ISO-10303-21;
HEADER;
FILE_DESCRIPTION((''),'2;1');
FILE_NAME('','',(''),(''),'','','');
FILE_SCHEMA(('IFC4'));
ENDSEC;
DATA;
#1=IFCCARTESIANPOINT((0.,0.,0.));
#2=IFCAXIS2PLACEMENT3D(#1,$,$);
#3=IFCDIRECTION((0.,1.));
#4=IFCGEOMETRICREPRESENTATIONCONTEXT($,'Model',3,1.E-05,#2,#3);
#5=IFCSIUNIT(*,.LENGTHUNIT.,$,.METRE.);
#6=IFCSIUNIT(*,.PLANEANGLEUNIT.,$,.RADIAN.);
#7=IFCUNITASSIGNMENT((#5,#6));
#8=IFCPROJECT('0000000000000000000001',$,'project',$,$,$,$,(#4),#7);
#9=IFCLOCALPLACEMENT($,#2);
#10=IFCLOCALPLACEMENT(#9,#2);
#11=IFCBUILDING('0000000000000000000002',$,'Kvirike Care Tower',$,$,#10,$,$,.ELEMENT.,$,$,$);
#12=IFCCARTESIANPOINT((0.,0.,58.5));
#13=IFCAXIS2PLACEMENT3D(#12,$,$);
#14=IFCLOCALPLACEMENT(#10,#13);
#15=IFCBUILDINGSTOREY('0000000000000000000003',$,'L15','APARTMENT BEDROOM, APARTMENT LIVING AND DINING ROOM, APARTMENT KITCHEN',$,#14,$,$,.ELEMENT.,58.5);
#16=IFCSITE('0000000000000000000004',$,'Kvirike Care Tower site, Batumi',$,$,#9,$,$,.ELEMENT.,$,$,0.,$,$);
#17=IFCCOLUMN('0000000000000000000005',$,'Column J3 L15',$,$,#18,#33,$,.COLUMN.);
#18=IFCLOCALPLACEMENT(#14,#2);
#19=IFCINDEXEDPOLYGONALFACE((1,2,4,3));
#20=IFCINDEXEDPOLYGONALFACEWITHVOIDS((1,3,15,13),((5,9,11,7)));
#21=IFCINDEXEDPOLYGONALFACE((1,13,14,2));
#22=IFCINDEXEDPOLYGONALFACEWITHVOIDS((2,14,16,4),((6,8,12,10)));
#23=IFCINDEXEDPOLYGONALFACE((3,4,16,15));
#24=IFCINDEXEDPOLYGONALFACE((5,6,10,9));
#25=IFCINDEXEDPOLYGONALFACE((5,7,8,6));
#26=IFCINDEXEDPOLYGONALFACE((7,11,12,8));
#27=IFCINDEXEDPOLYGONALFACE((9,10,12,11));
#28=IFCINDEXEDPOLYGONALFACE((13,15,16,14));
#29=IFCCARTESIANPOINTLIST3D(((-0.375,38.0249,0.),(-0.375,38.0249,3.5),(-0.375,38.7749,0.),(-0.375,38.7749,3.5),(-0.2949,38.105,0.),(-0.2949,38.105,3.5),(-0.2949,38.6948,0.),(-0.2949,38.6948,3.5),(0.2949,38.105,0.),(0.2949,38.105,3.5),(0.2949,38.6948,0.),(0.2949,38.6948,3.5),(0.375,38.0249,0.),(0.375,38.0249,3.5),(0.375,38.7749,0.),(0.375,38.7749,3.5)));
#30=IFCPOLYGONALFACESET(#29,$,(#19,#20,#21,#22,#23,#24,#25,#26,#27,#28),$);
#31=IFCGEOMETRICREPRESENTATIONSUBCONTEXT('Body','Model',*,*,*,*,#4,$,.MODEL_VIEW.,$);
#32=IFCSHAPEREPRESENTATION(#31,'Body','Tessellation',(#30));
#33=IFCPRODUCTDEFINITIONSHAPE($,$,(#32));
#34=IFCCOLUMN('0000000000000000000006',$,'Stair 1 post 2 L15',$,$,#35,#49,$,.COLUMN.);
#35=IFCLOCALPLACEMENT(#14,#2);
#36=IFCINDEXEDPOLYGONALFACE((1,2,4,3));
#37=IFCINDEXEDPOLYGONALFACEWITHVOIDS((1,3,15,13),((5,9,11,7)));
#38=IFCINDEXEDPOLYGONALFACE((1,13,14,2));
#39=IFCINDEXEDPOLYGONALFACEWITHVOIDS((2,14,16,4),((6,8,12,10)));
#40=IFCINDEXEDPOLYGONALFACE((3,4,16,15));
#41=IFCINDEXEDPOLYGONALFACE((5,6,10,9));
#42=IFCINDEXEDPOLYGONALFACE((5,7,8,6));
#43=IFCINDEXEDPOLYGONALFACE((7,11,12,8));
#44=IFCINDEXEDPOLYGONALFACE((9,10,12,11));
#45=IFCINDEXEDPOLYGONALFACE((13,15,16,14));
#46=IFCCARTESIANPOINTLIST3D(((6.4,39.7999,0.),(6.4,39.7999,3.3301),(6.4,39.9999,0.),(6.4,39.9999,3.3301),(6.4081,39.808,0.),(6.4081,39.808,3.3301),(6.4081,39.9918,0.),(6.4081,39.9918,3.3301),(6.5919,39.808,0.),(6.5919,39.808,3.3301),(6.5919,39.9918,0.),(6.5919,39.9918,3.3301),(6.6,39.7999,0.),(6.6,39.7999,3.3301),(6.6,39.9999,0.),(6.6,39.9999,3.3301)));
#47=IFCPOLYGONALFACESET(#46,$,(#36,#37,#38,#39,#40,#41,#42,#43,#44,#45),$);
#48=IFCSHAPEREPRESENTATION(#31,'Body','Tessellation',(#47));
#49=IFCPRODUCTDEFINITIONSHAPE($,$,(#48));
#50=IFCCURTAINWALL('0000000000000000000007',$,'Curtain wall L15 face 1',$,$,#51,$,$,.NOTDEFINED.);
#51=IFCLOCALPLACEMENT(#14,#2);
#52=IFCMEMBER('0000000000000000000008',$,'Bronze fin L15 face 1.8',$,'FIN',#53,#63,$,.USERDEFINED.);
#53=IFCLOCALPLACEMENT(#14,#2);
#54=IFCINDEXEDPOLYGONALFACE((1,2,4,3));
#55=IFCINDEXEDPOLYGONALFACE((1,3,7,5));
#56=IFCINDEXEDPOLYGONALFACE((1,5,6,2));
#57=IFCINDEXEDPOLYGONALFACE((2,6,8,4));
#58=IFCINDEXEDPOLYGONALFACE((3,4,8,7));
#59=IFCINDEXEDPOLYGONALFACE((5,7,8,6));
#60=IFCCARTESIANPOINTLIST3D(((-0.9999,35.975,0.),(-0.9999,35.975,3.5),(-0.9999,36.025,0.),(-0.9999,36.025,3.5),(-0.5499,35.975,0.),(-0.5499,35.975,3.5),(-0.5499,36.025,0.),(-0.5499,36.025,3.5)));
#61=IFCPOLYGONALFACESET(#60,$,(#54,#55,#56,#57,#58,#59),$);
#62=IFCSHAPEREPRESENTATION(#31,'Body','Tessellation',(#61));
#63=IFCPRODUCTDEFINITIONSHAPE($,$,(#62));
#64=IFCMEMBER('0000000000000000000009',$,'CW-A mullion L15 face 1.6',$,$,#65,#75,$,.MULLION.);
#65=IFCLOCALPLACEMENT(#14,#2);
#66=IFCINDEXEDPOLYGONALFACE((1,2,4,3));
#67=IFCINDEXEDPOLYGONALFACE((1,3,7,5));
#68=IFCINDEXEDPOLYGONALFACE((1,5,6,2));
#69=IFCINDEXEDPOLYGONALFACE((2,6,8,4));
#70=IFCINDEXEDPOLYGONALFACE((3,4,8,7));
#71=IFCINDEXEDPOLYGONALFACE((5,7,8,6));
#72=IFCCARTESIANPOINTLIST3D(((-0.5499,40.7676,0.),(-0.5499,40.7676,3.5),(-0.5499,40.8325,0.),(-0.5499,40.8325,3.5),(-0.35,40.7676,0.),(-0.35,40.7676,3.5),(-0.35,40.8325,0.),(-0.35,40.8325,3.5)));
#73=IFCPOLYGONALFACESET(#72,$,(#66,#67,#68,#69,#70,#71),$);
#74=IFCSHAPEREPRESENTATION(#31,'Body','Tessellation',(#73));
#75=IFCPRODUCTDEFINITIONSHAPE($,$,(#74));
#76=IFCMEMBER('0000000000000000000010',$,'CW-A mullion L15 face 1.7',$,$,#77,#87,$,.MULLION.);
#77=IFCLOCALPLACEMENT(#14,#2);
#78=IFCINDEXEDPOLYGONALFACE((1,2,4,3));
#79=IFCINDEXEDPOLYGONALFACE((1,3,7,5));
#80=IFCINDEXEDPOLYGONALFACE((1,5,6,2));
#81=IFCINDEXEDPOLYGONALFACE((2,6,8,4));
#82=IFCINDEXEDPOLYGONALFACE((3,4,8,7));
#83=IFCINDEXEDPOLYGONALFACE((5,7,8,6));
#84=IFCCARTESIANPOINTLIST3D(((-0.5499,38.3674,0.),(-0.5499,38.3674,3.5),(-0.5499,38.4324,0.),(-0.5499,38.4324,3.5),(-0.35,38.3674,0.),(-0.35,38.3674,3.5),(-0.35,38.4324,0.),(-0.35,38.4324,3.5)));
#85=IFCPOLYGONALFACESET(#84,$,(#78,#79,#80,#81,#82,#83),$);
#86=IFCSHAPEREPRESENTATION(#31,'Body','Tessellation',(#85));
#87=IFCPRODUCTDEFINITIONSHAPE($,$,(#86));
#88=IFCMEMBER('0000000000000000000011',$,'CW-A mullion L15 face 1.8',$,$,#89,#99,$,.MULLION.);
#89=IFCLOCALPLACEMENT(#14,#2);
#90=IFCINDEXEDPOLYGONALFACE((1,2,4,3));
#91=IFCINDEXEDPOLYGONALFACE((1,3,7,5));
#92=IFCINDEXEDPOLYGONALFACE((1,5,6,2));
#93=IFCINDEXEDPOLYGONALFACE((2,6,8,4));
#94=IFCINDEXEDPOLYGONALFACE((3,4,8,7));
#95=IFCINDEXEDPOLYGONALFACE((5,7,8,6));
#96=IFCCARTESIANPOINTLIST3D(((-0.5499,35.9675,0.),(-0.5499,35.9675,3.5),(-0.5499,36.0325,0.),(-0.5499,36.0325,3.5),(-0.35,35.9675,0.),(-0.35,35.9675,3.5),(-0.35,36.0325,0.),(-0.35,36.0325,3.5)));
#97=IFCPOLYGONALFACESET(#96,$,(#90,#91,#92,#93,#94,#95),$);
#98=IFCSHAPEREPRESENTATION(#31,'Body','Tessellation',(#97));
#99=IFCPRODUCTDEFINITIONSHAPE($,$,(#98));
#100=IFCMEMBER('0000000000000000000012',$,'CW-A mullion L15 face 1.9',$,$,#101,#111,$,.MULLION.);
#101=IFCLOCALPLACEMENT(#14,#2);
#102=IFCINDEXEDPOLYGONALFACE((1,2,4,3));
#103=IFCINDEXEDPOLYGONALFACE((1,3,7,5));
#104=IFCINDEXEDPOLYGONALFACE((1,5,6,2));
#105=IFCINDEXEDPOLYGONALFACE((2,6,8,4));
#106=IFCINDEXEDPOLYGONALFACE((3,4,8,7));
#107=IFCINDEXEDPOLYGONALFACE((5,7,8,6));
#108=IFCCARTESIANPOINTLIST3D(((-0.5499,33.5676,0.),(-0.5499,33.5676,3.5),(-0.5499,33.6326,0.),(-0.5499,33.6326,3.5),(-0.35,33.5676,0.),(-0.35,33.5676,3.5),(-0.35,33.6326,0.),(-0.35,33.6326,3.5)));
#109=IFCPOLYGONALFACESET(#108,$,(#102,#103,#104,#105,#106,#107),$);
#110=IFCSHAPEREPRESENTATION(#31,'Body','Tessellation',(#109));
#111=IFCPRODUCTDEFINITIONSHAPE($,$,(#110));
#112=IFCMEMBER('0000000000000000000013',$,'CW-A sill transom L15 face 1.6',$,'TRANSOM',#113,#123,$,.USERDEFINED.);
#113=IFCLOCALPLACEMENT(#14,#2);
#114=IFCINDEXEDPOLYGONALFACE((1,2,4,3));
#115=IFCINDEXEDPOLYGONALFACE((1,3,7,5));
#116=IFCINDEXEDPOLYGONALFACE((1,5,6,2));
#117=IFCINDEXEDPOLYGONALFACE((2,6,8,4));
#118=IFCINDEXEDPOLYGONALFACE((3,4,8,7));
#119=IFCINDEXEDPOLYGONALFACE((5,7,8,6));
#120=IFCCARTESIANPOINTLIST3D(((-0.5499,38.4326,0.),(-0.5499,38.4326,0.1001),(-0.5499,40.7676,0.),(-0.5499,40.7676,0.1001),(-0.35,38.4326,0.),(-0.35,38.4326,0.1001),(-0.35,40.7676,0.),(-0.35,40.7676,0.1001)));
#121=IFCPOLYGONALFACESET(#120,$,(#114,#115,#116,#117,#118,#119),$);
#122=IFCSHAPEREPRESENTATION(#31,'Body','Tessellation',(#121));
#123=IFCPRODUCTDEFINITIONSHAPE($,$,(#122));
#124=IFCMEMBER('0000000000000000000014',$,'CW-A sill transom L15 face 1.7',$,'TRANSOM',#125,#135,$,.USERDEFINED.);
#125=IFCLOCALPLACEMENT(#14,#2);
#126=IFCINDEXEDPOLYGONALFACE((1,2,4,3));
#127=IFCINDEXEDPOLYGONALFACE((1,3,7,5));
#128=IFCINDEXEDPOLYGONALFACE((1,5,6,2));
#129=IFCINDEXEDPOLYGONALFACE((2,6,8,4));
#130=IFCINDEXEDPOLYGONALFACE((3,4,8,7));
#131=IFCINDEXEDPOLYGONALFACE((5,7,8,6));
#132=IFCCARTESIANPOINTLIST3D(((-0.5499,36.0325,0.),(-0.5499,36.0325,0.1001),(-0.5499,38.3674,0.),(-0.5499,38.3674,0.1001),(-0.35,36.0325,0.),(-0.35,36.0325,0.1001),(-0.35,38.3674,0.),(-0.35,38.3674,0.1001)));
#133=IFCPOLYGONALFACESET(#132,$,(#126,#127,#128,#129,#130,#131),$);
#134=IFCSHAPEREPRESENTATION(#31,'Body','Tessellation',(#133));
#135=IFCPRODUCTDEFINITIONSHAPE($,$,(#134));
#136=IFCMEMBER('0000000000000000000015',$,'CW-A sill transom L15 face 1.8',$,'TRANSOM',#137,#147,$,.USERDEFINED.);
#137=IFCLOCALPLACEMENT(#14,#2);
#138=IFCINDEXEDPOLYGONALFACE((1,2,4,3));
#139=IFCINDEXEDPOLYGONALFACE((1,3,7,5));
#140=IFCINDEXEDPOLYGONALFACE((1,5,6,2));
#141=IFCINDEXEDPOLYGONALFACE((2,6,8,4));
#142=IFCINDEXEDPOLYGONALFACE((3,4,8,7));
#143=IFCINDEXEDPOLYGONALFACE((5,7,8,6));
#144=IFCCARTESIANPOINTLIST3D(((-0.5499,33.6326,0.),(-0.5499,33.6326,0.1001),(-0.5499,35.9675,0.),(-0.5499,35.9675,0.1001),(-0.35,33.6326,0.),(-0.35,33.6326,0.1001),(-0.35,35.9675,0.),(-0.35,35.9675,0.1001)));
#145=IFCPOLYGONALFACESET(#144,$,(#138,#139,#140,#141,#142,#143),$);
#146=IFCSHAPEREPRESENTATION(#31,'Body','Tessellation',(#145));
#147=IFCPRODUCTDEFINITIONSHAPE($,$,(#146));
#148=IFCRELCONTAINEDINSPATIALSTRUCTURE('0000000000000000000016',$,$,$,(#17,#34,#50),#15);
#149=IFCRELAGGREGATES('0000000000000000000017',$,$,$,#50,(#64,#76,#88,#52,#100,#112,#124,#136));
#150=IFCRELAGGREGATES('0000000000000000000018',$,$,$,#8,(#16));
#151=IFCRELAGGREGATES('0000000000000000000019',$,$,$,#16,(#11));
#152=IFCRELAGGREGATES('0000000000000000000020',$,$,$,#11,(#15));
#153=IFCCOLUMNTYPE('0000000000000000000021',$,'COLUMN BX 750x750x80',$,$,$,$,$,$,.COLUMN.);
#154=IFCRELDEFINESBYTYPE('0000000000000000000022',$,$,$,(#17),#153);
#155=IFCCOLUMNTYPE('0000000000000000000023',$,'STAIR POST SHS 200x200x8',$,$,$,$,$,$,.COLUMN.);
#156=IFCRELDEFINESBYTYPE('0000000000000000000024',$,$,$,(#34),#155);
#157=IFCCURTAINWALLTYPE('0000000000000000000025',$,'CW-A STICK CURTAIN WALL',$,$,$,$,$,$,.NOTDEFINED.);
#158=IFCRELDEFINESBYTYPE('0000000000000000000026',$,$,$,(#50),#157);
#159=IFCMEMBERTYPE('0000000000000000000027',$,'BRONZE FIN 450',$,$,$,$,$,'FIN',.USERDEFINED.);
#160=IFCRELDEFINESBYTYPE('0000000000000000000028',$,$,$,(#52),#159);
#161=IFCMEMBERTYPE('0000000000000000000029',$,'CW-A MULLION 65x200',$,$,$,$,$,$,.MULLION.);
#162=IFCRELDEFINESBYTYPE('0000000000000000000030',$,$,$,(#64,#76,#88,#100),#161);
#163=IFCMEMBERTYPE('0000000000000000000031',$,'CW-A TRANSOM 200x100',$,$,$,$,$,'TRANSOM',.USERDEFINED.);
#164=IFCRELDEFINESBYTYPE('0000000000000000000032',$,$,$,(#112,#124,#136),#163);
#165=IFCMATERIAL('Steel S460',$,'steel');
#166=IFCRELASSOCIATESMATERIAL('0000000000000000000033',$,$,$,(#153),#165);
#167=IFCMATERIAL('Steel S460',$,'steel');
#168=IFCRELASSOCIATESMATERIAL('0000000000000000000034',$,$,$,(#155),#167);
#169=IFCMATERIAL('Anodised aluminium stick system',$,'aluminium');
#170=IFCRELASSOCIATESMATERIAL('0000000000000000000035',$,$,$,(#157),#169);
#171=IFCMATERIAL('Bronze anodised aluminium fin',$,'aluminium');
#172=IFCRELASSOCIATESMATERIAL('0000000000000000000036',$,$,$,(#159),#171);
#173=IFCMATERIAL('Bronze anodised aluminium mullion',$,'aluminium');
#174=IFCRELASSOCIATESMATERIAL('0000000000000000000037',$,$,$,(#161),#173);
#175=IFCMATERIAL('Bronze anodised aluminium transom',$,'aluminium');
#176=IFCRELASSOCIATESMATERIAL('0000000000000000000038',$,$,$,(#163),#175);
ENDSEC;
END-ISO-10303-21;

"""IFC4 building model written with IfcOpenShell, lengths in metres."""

from ifc_helpers import new_model, si_unit, direction, frame, origin, origin_2d, place, context, subcontext, project, spatial, rectangle, hollow_rectangle, extrude, material, material_profile, profile_set, type_object, element, aggregate, save


model = new_model("IFC4")

# Units and contexts
model_context = context("Model", 3, precision=1e-05, world=origin(), true_north=direction((0.0, 1.0)))
body_context = subcontext(model_context, "Body", "Model", "MODEL_VIEW")
ifc_project = project(units=[si_unit("LENGTHUNIT", "METRE"), si_unit("PLANEANGLEUNIT", "RADIAN")], contexts=[model_context])

# Site, building, storey
site_placement = place(None, origin())
site = spatial("IfcSite", under=ifc_project, at=site_placement, Name="Kvirike Care Tower site, Batumi", CompositionType="ELEMENT", RefElevation=0.0)
building_placement = place(site_placement, origin())
building = spatial("IfcBuilding", under=site, at=building_placement, Name="Kvirike Care Tower", CompositionType="ELEMENT")
storey_placement = place(building_placement, frame((0.0, 0.0, 58.5)))
storey = spatial("IfcBuildingStorey", under=building, at=storey_placement, Name="L15", Description="APARTMENT BEDROOM, APARTMENT LIVING AND DINING ROOM, APARTMENT KITCHEN", CompositionType="ELEMENT", Elevation=58.5)

# Columns
ifc_material_1 = material(Name="Steel S460", Category="steel")
ifc_material_profile_1 = material_profile(ifc_material_1, hollow_rectangle(XDim=0.75, YDim=0.75, WallThickness=0.0801, at=origin_2d()), Name="BX 750x750x80")
ifc_profile_set_1 = profile_set([ifc_material_profile_1], Name="Steel S460")
column_type_1 = type_object("IfcColumnType", Name="COLUMN BX 750x750x80", PredefinedType="COLUMN", material=ifc_profile_set_1)
column_1_placement = place(storey_placement, frame((0.0, 38.3999, 0.0), z_axis=(0.0, 0.0, 1.0), x_axis=(1.0, 0.0, 0.0)))
element("IfcColumn", 1, at=column_1_placement, inside=storey, type_object=column_type_1, Name="Column J3 L15", PredefinedType="COLUMN", context=body_context, shape_type="SweptSolid", body=[
    extrude(hollow_rectangle(XDim=0.75, YDim=0.75, WallThickness=0.0801, at=origin_2d()), origin(), (0.0, 0.0, 1.0), 3.5),
])
ifc_material_2 = material(Name="Steel S460", Category="steel")
ifc_material_profile_2 = material_profile(ifc_material_2, hollow_rectangle(XDim=0.2, YDim=0.2, WallThickness=0.0081, at=origin_2d()), Name="SHS 200x200x8")
ifc_profile_set_2 = profile_set([ifc_material_profile_2], Name="Steel S460")
column_type_2 = type_object("IfcColumnType", Name="STAIR POST SHS 200x200x8", PredefinedType="COLUMN", material=ifc_profile_set_2)
column_2_placement = place(storey_placement, frame((6.5, 39.8999, 0.0), z_axis=(0.0, 0.0, 1.0), x_axis=(1.0, 0.0, 0.0)))
element("IfcColumn", 2, at=column_2_placement, inside=storey, type_object=column_type_2, Name="Stair 1 post 2 L15", PredefinedType="COLUMN", context=body_context, shape_type="SweptSolid", body=[
    extrude(hollow_rectangle(XDim=0.2, YDim=0.2, WallThickness=0.0081, at=origin_2d()), origin(), (0.0, 0.0, 1.0), 3.3301),
])

# Curtain wall, members
ifc_material_3 = material(Name="Anodised aluminium stick system", Category="aluminium")
curtain_wall_type = type_object("IfcCurtainWallType", Name="CW-A STICK CURTAIN WALL", PredefinedType="NOTDEFINED", material=ifc_material_3)
curtain_wall_placement = place(storey_placement, origin())
curtain_wall = element("IfcCurtainWall", 3, at=curtain_wall_placement, inside=storey, type_object=curtain_wall_type, Name="Curtain wall L15 face 1", PredefinedType="NOTDEFINED")
ifc_material_4 = material(Name="Bronze anodised aluminium fin", Category="aluminium")
ifc_material_profile_3 = material_profile(ifc_material_4, rectangle(XDim=0.05, YDim=0.45, at=origin_2d()), Name="BRONZE FIN 450")
ifc_profile_set_3 = profile_set([ifc_material_profile_3], Name="Bronze anodised aluminium fin")
member_type_1 = type_object("IfcMemberType", Name="BRONZE FIN 450", ElementType="FIN", PredefinedType="USERDEFINED", material=ifc_profile_set_3)
member_1_placement = place(storey_placement, frame((-0.7749, 36.0, 0.0), z_axis=(0.0, 0.0, 1.0), x_axis=(0.0, -1.0, 0.0)))
member_1 = element("IfcMember", 4, at=member_1_placement, type_object=member_type_1, Name="Bronze fin L15 face 1.8", ObjectType="FIN", PredefinedType="USERDEFINED", context=body_context, shape_type="SweptSolid", body=[
    extrude(rectangle(XDim=0.05, YDim=0.45, at=origin_2d()), origin(), (0.0, 0.0, 1.0), 3.5),
])
ifc_material_5 = material(Name="Bronze anodised aluminium mullion", Category="aluminium")
ifc_material_profile_4 = material_profile(ifc_material_5, rectangle(XDim=0.0649, YDim=0.2, at=origin_2d()), Name="CW-A MULLION 65x200")
ifc_profile_set_4 = profile_set([ifc_material_profile_4], Name="Bronze anodised aluminium mullion")
member_type_2 = type_object("IfcMemberType", Name="CW-A MULLION 65x200", PredefinedType="MULLION", material=ifc_profile_set_4)
member_2_placement = place(storey_placement, frame((-0.45, 40.8, 0.0), z_axis=(0.0, 0.0, 1.0), x_axis=(0.0, -1.0, 0.0)))
member_2 = element("IfcMember", 5, at=member_2_placement, type_object=member_type_2, Name="CW-A mullion L15 face 1.6", PredefinedType="MULLION", context=body_context, shape_type="SweptSolid", body=[
    extrude(rectangle(XDim=0.0649, YDim=0.2, at=origin_2d()), origin(), (0.0, 0.0, 1.0), 3.5),
])
member_3_placement = place(storey_placement, frame((-0.45, 38.3999, 0.0), z_axis=(0.0, 0.0, 1.0), x_axis=(0.0, -1.0, 0.0)))
member_3 = element("IfcMember", 6, at=member_3_placement, type_object=member_type_2, Name="CW-A mullion L15 face 1.7", PredefinedType="MULLION", context=body_context, shape_type="SweptSolid", body=[
    extrude(rectangle(XDim=0.0649, YDim=0.2, at=origin_2d()), origin(), (0.0, 0.0, 1.0), 3.5),
])
member_4_placement = place(storey_placement, frame((-0.45, 36.0, 0.0), z_axis=(0.0, 0.0, 1.0), x_axis=(0.0, -1.0, 0.0)))
member_4 = element("IfcMember", 7, at=member_4_placement, type_object=member_type_2, Name="CW-A mullion L15 face 1.8", PredefinedType="MULLION", context=body_context, shape_type="SweptSolid", body=[
    extrude(rectangle(XDim=0.0649, YDim=0.2, at=origin_2d()), origin(), (0.0, 0.0, 1.0), 3.5),
])
member_5_placement = place(storey_placement, frame((-0.45, 33.6001, 0.0), z_axis=(0.0, 0.0, 1.0), x_axis=(0.0, -1.0, 0.0)))
member_5 = element("IfcMember", 8, at=member_5_placement, type_object=member_type_2, Name="CW-A mullion L15 face 1.9", PredefinedType="MULLION", context=body_context, shape_type="SweptSolid", body=[
    extrude(rectangle(XDim=0.0649, YDim=0.2, at=origin_2d()), origin(), (0.0, 0.0, 1.0), 3.5),
])
ifc_material_6 = material(Name="Bronze anodised aluminium transom", Category="aluminium")
ifc_material_profile_5 = material_profile(ifc_material_6, rectangle(XDim=0.2, YDim=0.1001, at=origin_2d()), Name="CW-A TRANSOM 200x100")
ifc_profile_set_5 = profile_set([ifc_material_profile_5], Name="Bronze anodised aluminium transom")
member_type_3 = type_object("IfcMemberType", Name="CW-A TRANSOM 200x100", ElementType="TRANSOM", PredefinedType="USERDEFINED", material=ifc_profile_set_5)
member_6_placement = place(storey_placement, frame((-0.45, 40.7676, 0.05), z_axis=(0.0, -1.0, 0.0), x_axis=(1.0, 0.0, 0.0)))
member_6 = element("IfcMember", 9, at=member_6_placement, type_object=member_type_3, Name="CW-A sill transom L15 face 1.6", ObjectType="TRANSOM", PredefinedType="USERDEFINED", context=body_context, shape_type="SweptSolid", body=[
    extrude(rectangle(XDim=0.2, YDim=0.1001, at=origin_2d()), origin(), (0.0, 0.0, 1.0), 2.335),
])
member_7_placement = place(storey_placement, frame((-0.45, 38.3674, 0.05), z_axis=(0.0, -1.0, 0.0), x_axis=(1.0, 0.0, 0.0)))
member_7 = element("IfcMember", 10, at=member_7_placement, type_object=member_type_3, Name="CW-A sill transom L15 face 1.7", ObjectType="TRANSOM", PredefinedType="USERDEFINED", context=body_context, shape_type="SweptSolid", body=[
    extrude(rectangle(XDim=0.2, YDim=0.1001, at=origin_2d()), origin(), (0.0, 0.0, 1.0), 2.335),
])
member_8_placement = place(storey_placement, frame((-0.45, 35.9675, 0.05), z_axis=(0.0, -1.0, 0.0), x_axis=(1.0, 0.0, 0.0)))
member_8 = element("IfcMember", 11, at=member_8_placement, type_object=member_type_3, Name="CW-A sill transom L15 face 1.8", ObjectType="TRANSOM", PredefinedType="USERDEFINED", context=body_context, shape_type="SweptSolid", body=[
    extrude(rectangle(XDim=0.2, YDim=0.1001, at=origin_2d()), origin(), (0.0, 0.0, 1.0), 2.335),
])

aggregate(curtain_wall, [member_2, member_3, member_4, member_1, member_5, member_6, member_7, member_8])

save(model, "model.ifc")
